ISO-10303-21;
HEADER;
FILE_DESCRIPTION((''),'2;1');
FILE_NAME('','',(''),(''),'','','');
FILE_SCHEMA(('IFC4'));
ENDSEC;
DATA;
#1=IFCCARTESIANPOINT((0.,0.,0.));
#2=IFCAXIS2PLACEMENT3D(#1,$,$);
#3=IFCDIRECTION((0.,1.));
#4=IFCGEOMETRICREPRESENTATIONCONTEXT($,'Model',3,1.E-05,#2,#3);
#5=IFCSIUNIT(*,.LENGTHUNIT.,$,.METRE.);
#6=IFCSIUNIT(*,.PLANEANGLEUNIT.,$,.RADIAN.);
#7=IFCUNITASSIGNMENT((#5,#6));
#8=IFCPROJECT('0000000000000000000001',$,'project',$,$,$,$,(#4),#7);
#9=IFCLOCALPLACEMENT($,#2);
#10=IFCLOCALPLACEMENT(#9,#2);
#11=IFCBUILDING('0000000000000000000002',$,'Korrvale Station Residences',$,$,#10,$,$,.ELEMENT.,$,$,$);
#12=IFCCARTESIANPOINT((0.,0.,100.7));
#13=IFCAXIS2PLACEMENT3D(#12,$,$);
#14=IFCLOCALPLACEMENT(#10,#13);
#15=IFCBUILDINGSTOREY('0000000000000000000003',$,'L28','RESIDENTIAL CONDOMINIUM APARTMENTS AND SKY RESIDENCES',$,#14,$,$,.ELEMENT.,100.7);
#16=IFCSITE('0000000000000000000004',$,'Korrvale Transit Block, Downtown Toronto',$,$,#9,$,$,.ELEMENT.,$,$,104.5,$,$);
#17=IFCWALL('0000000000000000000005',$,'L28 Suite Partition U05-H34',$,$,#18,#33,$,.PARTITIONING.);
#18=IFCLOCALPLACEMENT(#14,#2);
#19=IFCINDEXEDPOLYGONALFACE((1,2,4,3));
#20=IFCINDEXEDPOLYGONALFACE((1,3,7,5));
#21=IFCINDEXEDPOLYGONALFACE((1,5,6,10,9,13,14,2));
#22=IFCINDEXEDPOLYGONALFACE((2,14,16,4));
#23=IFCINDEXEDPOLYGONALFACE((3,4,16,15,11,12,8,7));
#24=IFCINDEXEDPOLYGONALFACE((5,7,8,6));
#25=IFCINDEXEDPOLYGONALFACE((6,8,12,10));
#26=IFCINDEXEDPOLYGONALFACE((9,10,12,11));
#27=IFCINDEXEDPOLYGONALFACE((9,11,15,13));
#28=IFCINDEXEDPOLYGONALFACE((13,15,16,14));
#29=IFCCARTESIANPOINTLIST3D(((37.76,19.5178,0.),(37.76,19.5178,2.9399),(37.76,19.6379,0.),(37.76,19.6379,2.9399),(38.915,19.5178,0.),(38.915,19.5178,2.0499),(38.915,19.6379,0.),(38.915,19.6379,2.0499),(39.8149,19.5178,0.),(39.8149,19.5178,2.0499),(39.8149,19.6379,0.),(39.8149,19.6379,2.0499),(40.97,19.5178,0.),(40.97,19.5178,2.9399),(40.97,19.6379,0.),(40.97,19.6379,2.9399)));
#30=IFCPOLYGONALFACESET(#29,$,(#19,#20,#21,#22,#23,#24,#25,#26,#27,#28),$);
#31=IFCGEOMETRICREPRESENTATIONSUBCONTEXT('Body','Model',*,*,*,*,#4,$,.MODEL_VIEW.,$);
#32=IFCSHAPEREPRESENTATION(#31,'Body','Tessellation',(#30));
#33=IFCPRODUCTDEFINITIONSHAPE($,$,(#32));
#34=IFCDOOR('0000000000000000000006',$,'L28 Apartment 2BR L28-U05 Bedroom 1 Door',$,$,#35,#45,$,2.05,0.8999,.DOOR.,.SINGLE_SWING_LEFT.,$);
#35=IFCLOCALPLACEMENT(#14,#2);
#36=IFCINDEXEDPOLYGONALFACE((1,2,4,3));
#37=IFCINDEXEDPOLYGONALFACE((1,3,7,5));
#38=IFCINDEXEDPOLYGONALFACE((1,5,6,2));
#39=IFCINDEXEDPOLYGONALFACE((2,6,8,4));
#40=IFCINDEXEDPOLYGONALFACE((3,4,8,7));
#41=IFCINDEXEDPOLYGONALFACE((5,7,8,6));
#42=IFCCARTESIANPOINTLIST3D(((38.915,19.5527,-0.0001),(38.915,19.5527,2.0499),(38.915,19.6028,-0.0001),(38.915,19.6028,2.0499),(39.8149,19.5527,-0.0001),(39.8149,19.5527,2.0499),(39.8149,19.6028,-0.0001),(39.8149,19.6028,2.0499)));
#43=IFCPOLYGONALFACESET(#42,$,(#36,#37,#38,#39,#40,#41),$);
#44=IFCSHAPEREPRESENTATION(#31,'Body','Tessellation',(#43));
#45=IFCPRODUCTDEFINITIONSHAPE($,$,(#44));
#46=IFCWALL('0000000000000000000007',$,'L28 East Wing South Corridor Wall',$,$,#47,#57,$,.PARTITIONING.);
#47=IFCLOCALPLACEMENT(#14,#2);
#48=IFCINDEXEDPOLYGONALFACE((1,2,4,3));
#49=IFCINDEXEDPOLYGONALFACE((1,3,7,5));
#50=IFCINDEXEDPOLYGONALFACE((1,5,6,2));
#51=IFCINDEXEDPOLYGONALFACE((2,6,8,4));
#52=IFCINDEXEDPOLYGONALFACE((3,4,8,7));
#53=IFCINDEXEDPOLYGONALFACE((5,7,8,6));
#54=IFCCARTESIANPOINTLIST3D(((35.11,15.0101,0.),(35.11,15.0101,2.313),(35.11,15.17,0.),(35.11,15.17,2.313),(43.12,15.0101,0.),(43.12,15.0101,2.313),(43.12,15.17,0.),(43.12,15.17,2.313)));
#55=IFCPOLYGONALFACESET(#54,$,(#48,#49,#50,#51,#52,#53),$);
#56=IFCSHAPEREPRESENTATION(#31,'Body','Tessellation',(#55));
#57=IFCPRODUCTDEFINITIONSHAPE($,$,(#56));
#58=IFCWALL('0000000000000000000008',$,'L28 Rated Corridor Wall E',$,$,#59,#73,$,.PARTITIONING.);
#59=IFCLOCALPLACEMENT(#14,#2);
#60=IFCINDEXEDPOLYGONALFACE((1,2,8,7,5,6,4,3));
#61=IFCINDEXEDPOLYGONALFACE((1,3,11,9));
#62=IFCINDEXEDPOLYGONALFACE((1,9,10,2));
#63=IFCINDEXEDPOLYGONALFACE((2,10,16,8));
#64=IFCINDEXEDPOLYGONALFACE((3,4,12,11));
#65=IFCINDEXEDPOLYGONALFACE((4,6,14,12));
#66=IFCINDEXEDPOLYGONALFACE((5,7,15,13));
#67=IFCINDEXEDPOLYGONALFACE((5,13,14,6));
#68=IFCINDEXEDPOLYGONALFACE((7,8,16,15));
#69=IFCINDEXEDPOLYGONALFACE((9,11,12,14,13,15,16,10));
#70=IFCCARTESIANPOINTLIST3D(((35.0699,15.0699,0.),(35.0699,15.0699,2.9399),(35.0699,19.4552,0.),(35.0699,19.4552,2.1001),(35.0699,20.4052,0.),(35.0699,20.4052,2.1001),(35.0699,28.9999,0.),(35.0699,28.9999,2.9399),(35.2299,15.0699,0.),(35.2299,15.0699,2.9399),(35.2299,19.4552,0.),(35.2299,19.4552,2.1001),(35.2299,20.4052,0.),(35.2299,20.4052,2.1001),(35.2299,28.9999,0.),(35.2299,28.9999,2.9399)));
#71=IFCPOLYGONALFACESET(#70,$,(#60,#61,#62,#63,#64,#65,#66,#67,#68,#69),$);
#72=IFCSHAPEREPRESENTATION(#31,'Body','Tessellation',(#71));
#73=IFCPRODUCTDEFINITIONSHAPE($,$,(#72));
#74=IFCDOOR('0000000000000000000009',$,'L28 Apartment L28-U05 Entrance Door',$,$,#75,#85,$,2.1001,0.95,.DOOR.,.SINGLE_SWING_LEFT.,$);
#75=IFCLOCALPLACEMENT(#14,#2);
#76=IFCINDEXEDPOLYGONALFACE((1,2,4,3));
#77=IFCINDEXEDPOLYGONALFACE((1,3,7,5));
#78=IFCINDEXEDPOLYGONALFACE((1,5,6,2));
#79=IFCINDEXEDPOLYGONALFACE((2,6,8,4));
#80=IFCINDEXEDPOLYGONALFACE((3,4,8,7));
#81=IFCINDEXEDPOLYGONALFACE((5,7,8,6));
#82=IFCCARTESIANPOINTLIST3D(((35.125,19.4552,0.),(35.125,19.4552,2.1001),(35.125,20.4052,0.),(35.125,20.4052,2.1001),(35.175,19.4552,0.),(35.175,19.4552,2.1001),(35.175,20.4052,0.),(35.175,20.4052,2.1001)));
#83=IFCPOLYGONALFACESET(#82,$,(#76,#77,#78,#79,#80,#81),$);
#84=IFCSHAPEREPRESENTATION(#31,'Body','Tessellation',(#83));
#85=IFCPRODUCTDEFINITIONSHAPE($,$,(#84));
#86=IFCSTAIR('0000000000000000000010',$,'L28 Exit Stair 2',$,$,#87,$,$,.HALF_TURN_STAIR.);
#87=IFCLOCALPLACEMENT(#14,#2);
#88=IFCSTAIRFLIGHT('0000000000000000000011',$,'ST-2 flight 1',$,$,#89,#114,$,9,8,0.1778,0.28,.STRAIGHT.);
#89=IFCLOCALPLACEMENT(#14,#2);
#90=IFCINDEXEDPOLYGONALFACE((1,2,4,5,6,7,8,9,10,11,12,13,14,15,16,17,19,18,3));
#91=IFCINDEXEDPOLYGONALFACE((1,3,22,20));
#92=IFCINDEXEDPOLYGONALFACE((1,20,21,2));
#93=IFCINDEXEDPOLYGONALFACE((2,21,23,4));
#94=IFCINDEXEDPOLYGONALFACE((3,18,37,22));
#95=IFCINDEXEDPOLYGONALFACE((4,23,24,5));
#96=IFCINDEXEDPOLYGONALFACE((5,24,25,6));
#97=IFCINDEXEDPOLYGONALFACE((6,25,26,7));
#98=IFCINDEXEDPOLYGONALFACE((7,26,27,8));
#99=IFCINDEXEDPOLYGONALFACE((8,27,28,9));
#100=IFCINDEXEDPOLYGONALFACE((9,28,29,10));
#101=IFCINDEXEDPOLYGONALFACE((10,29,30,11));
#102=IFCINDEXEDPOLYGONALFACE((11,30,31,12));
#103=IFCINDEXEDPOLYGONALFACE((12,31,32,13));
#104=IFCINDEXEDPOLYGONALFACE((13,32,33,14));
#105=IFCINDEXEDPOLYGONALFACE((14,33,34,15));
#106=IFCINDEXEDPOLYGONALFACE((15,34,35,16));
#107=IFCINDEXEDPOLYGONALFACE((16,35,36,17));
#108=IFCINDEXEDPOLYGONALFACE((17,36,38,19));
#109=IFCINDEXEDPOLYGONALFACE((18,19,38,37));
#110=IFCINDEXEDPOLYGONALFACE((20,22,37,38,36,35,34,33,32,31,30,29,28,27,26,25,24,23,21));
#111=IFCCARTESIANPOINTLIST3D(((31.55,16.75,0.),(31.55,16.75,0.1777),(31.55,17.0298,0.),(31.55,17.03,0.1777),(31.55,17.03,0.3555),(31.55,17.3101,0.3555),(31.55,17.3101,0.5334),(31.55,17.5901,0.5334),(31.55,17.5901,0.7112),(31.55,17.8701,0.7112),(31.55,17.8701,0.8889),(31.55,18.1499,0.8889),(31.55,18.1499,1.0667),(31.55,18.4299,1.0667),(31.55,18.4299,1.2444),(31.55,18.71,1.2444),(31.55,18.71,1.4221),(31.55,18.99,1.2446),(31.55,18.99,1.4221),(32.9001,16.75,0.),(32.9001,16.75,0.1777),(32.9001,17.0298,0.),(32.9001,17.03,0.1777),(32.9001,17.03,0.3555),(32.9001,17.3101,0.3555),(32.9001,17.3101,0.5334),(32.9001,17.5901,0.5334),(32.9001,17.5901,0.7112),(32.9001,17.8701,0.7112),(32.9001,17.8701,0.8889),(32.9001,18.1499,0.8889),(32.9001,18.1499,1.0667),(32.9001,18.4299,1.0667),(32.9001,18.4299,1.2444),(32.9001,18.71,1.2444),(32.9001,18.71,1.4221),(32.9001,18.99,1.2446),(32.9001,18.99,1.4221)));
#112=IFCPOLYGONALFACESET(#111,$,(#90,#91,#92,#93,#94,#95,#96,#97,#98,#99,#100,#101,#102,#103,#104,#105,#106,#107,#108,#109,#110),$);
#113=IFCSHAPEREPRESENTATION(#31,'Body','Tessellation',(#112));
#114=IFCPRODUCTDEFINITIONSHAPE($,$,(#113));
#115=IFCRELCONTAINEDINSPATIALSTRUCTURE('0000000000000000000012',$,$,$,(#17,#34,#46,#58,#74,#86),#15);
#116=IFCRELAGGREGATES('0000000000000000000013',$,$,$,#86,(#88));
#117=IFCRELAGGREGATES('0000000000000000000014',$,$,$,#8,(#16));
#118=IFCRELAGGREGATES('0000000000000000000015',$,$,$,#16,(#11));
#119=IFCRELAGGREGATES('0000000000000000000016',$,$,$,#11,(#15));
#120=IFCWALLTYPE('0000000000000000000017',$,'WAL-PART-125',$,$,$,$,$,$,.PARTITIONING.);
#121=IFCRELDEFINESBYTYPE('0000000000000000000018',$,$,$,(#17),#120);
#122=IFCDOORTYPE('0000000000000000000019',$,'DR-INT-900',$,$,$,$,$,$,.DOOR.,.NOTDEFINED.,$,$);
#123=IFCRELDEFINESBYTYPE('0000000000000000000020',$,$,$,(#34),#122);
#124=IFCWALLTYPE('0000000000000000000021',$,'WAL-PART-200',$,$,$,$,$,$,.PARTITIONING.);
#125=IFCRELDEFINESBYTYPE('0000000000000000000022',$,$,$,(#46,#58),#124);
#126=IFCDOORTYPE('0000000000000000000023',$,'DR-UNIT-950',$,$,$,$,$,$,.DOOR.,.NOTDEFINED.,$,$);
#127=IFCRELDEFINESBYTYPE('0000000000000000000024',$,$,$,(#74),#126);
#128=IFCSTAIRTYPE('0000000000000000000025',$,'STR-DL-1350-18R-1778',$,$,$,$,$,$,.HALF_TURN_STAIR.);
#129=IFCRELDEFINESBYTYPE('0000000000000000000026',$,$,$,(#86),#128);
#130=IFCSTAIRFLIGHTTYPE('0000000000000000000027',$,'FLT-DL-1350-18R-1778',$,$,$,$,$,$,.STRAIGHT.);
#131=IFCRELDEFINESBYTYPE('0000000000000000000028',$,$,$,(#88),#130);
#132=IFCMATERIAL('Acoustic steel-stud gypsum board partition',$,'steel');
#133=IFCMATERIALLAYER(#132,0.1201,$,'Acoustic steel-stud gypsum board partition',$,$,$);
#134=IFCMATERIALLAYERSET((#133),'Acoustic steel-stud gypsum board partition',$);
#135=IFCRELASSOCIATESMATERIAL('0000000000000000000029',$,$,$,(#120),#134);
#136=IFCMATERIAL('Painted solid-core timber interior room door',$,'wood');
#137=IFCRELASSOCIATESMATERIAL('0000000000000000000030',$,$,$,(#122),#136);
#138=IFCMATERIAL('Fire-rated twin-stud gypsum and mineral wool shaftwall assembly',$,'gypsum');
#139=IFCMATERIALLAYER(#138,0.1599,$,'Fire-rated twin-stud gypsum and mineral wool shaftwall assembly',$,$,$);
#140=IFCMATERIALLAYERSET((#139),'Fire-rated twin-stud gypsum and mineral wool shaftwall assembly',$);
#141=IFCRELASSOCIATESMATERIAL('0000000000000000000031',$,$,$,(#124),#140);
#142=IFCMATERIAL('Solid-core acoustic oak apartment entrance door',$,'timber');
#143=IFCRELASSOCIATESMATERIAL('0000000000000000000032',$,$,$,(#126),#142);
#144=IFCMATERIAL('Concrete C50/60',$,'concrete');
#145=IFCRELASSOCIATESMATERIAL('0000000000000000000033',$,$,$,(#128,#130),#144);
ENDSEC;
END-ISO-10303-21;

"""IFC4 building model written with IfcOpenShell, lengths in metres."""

from ifc_helpers import new_model, si_unit, direction, frame, frame_2d, origin, place, context, subcontext, project, spatial, polyline, rectangle, outline, extrude, material, layer, layer_set, type_object, element, fill, aggregate, save


model = new_model("IFC4")

# Units and contexts
model_context = context("Model", 3, precision=1e-05, world=origin(), true_north=direction((0.0, 1.0)))
body_context = subcontext(model_context, "Body", "Model", "MODEL_VIEW")
ifc_project = project(units=[si_unit("LENGTHUNIT", "METRE"), si_unit("PLANEANGLEUNIT", "RADIAN")], contexts=[model_context])

# Site, building, storey
site_placement = place(None, origin())
site = spatial("IfcSite", under=ifc_project, at=site_placement, Name="Korrvale Transit Block, Downtown Toronto", CompositionType="ELEMENT", RefElevation=104.5)
building_placement = place(site_placement, origin())
building = spatial("IfcBuilding", under=site, at=building_placement, Name="Korrvale Station Residences", CompositionType="ELEMENT")
storey_placement = place(building_placement, frame((0.0, 0.0, 100.7)))
storey = spatial("IfcBuildingStorey", under=building, at=storey_placement, Name="L28", Description="RESIDENTIAL CONDOMINIUM APARTMENTS AND SKY RESIDENCES", CompositionType="ELEMENT", Elevation=100.7)

# Shared definitions
ifc_material_1 = material(Name="Acoustic steel-stud gypsum board partition", Category="steel")
ifc_layer_1 = layer(ifc_material_1, 0.1201, Name="Acoustic steel-stud gypsum board partition")
ifc_layer_set_1 = layer_set([ifc_layer_1], Name="Acoustic steel-stud gypsum board partition")
wall_type_1 = type_object("IfcWallType", Name="WAL-PART-125", PredefinedType="PARTITIONING", material=ifc_layer_set_1)
ifc_material_2 = material(Name="Painted solid-core timber interior room door", Category="wood")
door_type_1 = type_object("IfcDoorType", Name="DR-INT-900", OperationType="NOTDEFINED", PredefinedType="DOOR", material=ifc_material_2)

# Wall, opening, door
wall_1_placement = place(storey_placement, frame((37.76, 19.5779, 0.0), z_axis=(0.0, 0.0, 1.0), x_axis=(1.0, 0.0, 0.0)))
wall_1 = element("IfcWall", 1, at=wall_1_placement, inside=storey, type_object=wall_type_1, Name="L28 Suite Partition U05-H34", PredefinedType="PARTITIONING", context=body_context, shape_type="SweptSolid", body=[
    extrude(rectangle(XDim=3.21, YDim=0.1201, at=frame_2d((1.605, 0.0))), origin(), (0.0, 0.0, 1.0), 2.9399),
])
opening_1_placement = place(wall_1_placement, frame((1.155, 0.0, 0.0)))
opening_1 = element("IfcOpeningElement", 2, at=opening_1_placement, cuts=wall_1, PredefinedType="OPENING", context=body_context, shape_type="SweptSolid", body=[
    extrude(rectangle(XDim=0.8999, YDim=2.05, at=frame_2d((0.45, 1.0249))), frame((0.0, 0.0701, 0.0), z_axis=(0.0, -1.0, 0.0), x_axis=(1.0, 0.0, 0.0)), (0.0, 0.0, 1.0), 0.1401),
])
door_1_placement = place(opening_1_placement, origin())
door_1 = element("IfcDoor", 3, at=door_1_placement, inside=storey, type_object=door_type_1, Name="L28 Apartment 2BR L28-U05 Bedroom 1 Door", OperationType="SINGLE_SWING_LEFT", OverallHeight=2.05, OverallWidth=0.8999, PredefinedType="DOOR", context=body_context, shape_type="SweptSolid", body=[
    extrude(rectangle(XDim=0.8999, YDim=2.05, at=frame_2d((0.45, 1.0249))), frame((0.0, 0.0249, 0.0), z_axis=(0.0, -1.0, 0.0), x_axis=(1.0, 0.0, 0.0)), (0.0, 0.0, 1.0), 0.05),
])
fill(opening_1, door_1)

# Wall
ifc_material_3 = material(Name="Fire-rated twin-stud gypsum and mineral wool shaftwall assembly", Category="gypsum")
ifc_layer_2 = layer(ifc_material_3, 0.1599, Name="Fire-rated twin-stud gypsum and mineral wool shaftwall assembly")
ifc_layer_set_2 = layer_set([ifc_layer_2], Name="Fire-rated twin-stud gypsum and mineral wool shaftwall assembly")
wall_type_2 = type_object("IfcWallType", Name="WAL-PART-200", PredefinedType="PARTITIONING", material=ifc_layer_set_2)
wall_2_placement = place(storey_placement, frame((35.1101, 15.0901, 0.0), z_axis=(0.0, 0.0, 1.0), x_axis=(1.0, 0.0, 0.0)))
element("IfcWall", 4, at=wall_2_placement, inside=storey, type_object=wall_type_2, Name="L28 East Wing South Corridor Wall", PredefinedType="PARTITIONING", context=body_context, shape_type="SweptSolid", body=[
    extrude(rectangle(XDim=8.01, YDim=0.1599, at=frame_2d((4.0049, 0.0))), origin(), (0.0, 0.0, 1.0), 2.313),
])

# Wall, opening, door
wall_3_placement = place(storey_placement, frame((35.1499, 15.0701, 0.0), z_axis=(0.0, 0.0, 1.0), x_axis=(0.0, 1.0, 0.0)))
wall_3 = element("IfcWall", 5, at=wall_3_placement, inside=storey, type_object=wall_type_2, Name="L28 Rated Corridor Wall E", PredefinedType="PARTITIONING", context=body_context, shape_type="SweptSolid", body=[
    extrude(rectangle(XDim=13.9299, YDim=0.1599, at=frame_2d((6.9648, 0.0))), origin(), (0.0, 0.0, 1.0), 2.9399),
])
opening_2_placement = place(wall_3_placement, frame((4.385, 0.0, 0.0)))
opening_2 = element("IfcOpeningElement", 6, at=opening_2_placement, cuts=wall_3, PredefinedType="OPENING", context=body_context, shape_type="SweptSolid", body=[
    extrude(rectangle(XDim=0.95, YDim=2.1001, at=frame_2d((0.4751, 1.05))), frame((0.0, 0.0898, 0.0), z_axis=(0.0, -1.0, 0.0), x_axis=(1.0, 0.0, 0.0)), (0.0, 0.0, 1.0), 0.1799),
])
ifc_material_4 = material(Name="Solid-core acoustic oak apartment entrance door", Category="timber")
door_type_2 = type_object("IfcDoorType", Name="DR-UNIT-950", OperationType="NOTDEFINED", PredefinedType="DOOR", material=ifc_material_4)
door_2_placement = place(opening_2_placement, origin())
door_2 = element("IfcDoor", 7, at=door_2_placement, inside=storey, type_object=door_type_2, Name="L28 Apartment L28-U05 Entrance Door", OperationType="SINGLE_SWING_LEFT", OverallHeight=2.1001, OverallWidth=0.95, PredefinedType="DOOR", context=body_context, shape_type="SweptSolid", body=[
    extrude(rectangle(XDim=0.95, YDim=2.1001, at=frame_2d((0.4751, 1.05))), frame((0.0, 0.0249, 0.0), z_axis=(0.0, -1.0, 0.0), x_axis=(1.0, 0.0, 0.0)), (0.0, 0.0, 1.0), 0.05),
])
fill(opening_2, door_2)

# Stair, stair flight
ifc_material_5 = material(Name="Concrete C50/60", Category="concrete")
stair_type = type_object("IfcStairType", Name="STR-DL-1350-18R-1778", PredefinedType="HALF_TURN_STAIR", material=ifc_material_5)
stair_placement = place(storey_placement, origin())
stair = element("IfcStair", 8, at=stair_placement, inside=storey, type_object=stair_type, Name="L28 Exit Stair 2", PredefinedType="HALF_TURN_STAIR")
stair_flight_type = type_object("IfcStairFlightType", Name="FLT-DL-1350-18R-1778", PredefinedType="STRAIGHT", material=ifc_material_5)
stair_flight_placement = place(storey_placement, frame((32.2251, 16.75, 0.0), z_axis=(0.0, 0.0, 1.0), x_axis=(0.0, 1.0, 0.0)))
stair_flight = element("IfcStairFlight", 9, at=stair_flight_placement, type_object=stair_flight_type, Name="ST-2 flight 1", NumberOfRisers=9, NumberOfTreads=8, PredefinedType="STRAIGHT", RiserHeight=0.1778, TreadLength=0.28, context=body_context, shape_type="SweptSolid", body=[
    extrude(outline(polyline([(0.0, 0.0), (0.0, 0.1777), (0.28, 0.1777), (0.28, 0.3555), (0.5601, 0.3555), (0.5601, 0.5334), (0.8401, 0.5334), (0.8401, 0.7112), (1.1201, 0.7112), (1.1201, 0.8889), (1.3999, 0.8889), (1.3999, 1.0667), (1.6799, 1.0667), (1.6799, 1.2444), (1.96, 1.2444), (1.96, 1.4221), (2.24, 1.4221), (2.24, 1.6001), (2.24, 1.2446), (0.2798, 0.0), (0.0, 0.0)])), frame((0.0, 0.675, 0.0), z_axis=(0.0, -1.0, 0.0), x_axis=(1.0, 0.0, 0.0)), (0.0, 0.0, 1.0), 1.3501),
])
aggregate(stair, [stair_flight])

save(model, "model.ifc")
